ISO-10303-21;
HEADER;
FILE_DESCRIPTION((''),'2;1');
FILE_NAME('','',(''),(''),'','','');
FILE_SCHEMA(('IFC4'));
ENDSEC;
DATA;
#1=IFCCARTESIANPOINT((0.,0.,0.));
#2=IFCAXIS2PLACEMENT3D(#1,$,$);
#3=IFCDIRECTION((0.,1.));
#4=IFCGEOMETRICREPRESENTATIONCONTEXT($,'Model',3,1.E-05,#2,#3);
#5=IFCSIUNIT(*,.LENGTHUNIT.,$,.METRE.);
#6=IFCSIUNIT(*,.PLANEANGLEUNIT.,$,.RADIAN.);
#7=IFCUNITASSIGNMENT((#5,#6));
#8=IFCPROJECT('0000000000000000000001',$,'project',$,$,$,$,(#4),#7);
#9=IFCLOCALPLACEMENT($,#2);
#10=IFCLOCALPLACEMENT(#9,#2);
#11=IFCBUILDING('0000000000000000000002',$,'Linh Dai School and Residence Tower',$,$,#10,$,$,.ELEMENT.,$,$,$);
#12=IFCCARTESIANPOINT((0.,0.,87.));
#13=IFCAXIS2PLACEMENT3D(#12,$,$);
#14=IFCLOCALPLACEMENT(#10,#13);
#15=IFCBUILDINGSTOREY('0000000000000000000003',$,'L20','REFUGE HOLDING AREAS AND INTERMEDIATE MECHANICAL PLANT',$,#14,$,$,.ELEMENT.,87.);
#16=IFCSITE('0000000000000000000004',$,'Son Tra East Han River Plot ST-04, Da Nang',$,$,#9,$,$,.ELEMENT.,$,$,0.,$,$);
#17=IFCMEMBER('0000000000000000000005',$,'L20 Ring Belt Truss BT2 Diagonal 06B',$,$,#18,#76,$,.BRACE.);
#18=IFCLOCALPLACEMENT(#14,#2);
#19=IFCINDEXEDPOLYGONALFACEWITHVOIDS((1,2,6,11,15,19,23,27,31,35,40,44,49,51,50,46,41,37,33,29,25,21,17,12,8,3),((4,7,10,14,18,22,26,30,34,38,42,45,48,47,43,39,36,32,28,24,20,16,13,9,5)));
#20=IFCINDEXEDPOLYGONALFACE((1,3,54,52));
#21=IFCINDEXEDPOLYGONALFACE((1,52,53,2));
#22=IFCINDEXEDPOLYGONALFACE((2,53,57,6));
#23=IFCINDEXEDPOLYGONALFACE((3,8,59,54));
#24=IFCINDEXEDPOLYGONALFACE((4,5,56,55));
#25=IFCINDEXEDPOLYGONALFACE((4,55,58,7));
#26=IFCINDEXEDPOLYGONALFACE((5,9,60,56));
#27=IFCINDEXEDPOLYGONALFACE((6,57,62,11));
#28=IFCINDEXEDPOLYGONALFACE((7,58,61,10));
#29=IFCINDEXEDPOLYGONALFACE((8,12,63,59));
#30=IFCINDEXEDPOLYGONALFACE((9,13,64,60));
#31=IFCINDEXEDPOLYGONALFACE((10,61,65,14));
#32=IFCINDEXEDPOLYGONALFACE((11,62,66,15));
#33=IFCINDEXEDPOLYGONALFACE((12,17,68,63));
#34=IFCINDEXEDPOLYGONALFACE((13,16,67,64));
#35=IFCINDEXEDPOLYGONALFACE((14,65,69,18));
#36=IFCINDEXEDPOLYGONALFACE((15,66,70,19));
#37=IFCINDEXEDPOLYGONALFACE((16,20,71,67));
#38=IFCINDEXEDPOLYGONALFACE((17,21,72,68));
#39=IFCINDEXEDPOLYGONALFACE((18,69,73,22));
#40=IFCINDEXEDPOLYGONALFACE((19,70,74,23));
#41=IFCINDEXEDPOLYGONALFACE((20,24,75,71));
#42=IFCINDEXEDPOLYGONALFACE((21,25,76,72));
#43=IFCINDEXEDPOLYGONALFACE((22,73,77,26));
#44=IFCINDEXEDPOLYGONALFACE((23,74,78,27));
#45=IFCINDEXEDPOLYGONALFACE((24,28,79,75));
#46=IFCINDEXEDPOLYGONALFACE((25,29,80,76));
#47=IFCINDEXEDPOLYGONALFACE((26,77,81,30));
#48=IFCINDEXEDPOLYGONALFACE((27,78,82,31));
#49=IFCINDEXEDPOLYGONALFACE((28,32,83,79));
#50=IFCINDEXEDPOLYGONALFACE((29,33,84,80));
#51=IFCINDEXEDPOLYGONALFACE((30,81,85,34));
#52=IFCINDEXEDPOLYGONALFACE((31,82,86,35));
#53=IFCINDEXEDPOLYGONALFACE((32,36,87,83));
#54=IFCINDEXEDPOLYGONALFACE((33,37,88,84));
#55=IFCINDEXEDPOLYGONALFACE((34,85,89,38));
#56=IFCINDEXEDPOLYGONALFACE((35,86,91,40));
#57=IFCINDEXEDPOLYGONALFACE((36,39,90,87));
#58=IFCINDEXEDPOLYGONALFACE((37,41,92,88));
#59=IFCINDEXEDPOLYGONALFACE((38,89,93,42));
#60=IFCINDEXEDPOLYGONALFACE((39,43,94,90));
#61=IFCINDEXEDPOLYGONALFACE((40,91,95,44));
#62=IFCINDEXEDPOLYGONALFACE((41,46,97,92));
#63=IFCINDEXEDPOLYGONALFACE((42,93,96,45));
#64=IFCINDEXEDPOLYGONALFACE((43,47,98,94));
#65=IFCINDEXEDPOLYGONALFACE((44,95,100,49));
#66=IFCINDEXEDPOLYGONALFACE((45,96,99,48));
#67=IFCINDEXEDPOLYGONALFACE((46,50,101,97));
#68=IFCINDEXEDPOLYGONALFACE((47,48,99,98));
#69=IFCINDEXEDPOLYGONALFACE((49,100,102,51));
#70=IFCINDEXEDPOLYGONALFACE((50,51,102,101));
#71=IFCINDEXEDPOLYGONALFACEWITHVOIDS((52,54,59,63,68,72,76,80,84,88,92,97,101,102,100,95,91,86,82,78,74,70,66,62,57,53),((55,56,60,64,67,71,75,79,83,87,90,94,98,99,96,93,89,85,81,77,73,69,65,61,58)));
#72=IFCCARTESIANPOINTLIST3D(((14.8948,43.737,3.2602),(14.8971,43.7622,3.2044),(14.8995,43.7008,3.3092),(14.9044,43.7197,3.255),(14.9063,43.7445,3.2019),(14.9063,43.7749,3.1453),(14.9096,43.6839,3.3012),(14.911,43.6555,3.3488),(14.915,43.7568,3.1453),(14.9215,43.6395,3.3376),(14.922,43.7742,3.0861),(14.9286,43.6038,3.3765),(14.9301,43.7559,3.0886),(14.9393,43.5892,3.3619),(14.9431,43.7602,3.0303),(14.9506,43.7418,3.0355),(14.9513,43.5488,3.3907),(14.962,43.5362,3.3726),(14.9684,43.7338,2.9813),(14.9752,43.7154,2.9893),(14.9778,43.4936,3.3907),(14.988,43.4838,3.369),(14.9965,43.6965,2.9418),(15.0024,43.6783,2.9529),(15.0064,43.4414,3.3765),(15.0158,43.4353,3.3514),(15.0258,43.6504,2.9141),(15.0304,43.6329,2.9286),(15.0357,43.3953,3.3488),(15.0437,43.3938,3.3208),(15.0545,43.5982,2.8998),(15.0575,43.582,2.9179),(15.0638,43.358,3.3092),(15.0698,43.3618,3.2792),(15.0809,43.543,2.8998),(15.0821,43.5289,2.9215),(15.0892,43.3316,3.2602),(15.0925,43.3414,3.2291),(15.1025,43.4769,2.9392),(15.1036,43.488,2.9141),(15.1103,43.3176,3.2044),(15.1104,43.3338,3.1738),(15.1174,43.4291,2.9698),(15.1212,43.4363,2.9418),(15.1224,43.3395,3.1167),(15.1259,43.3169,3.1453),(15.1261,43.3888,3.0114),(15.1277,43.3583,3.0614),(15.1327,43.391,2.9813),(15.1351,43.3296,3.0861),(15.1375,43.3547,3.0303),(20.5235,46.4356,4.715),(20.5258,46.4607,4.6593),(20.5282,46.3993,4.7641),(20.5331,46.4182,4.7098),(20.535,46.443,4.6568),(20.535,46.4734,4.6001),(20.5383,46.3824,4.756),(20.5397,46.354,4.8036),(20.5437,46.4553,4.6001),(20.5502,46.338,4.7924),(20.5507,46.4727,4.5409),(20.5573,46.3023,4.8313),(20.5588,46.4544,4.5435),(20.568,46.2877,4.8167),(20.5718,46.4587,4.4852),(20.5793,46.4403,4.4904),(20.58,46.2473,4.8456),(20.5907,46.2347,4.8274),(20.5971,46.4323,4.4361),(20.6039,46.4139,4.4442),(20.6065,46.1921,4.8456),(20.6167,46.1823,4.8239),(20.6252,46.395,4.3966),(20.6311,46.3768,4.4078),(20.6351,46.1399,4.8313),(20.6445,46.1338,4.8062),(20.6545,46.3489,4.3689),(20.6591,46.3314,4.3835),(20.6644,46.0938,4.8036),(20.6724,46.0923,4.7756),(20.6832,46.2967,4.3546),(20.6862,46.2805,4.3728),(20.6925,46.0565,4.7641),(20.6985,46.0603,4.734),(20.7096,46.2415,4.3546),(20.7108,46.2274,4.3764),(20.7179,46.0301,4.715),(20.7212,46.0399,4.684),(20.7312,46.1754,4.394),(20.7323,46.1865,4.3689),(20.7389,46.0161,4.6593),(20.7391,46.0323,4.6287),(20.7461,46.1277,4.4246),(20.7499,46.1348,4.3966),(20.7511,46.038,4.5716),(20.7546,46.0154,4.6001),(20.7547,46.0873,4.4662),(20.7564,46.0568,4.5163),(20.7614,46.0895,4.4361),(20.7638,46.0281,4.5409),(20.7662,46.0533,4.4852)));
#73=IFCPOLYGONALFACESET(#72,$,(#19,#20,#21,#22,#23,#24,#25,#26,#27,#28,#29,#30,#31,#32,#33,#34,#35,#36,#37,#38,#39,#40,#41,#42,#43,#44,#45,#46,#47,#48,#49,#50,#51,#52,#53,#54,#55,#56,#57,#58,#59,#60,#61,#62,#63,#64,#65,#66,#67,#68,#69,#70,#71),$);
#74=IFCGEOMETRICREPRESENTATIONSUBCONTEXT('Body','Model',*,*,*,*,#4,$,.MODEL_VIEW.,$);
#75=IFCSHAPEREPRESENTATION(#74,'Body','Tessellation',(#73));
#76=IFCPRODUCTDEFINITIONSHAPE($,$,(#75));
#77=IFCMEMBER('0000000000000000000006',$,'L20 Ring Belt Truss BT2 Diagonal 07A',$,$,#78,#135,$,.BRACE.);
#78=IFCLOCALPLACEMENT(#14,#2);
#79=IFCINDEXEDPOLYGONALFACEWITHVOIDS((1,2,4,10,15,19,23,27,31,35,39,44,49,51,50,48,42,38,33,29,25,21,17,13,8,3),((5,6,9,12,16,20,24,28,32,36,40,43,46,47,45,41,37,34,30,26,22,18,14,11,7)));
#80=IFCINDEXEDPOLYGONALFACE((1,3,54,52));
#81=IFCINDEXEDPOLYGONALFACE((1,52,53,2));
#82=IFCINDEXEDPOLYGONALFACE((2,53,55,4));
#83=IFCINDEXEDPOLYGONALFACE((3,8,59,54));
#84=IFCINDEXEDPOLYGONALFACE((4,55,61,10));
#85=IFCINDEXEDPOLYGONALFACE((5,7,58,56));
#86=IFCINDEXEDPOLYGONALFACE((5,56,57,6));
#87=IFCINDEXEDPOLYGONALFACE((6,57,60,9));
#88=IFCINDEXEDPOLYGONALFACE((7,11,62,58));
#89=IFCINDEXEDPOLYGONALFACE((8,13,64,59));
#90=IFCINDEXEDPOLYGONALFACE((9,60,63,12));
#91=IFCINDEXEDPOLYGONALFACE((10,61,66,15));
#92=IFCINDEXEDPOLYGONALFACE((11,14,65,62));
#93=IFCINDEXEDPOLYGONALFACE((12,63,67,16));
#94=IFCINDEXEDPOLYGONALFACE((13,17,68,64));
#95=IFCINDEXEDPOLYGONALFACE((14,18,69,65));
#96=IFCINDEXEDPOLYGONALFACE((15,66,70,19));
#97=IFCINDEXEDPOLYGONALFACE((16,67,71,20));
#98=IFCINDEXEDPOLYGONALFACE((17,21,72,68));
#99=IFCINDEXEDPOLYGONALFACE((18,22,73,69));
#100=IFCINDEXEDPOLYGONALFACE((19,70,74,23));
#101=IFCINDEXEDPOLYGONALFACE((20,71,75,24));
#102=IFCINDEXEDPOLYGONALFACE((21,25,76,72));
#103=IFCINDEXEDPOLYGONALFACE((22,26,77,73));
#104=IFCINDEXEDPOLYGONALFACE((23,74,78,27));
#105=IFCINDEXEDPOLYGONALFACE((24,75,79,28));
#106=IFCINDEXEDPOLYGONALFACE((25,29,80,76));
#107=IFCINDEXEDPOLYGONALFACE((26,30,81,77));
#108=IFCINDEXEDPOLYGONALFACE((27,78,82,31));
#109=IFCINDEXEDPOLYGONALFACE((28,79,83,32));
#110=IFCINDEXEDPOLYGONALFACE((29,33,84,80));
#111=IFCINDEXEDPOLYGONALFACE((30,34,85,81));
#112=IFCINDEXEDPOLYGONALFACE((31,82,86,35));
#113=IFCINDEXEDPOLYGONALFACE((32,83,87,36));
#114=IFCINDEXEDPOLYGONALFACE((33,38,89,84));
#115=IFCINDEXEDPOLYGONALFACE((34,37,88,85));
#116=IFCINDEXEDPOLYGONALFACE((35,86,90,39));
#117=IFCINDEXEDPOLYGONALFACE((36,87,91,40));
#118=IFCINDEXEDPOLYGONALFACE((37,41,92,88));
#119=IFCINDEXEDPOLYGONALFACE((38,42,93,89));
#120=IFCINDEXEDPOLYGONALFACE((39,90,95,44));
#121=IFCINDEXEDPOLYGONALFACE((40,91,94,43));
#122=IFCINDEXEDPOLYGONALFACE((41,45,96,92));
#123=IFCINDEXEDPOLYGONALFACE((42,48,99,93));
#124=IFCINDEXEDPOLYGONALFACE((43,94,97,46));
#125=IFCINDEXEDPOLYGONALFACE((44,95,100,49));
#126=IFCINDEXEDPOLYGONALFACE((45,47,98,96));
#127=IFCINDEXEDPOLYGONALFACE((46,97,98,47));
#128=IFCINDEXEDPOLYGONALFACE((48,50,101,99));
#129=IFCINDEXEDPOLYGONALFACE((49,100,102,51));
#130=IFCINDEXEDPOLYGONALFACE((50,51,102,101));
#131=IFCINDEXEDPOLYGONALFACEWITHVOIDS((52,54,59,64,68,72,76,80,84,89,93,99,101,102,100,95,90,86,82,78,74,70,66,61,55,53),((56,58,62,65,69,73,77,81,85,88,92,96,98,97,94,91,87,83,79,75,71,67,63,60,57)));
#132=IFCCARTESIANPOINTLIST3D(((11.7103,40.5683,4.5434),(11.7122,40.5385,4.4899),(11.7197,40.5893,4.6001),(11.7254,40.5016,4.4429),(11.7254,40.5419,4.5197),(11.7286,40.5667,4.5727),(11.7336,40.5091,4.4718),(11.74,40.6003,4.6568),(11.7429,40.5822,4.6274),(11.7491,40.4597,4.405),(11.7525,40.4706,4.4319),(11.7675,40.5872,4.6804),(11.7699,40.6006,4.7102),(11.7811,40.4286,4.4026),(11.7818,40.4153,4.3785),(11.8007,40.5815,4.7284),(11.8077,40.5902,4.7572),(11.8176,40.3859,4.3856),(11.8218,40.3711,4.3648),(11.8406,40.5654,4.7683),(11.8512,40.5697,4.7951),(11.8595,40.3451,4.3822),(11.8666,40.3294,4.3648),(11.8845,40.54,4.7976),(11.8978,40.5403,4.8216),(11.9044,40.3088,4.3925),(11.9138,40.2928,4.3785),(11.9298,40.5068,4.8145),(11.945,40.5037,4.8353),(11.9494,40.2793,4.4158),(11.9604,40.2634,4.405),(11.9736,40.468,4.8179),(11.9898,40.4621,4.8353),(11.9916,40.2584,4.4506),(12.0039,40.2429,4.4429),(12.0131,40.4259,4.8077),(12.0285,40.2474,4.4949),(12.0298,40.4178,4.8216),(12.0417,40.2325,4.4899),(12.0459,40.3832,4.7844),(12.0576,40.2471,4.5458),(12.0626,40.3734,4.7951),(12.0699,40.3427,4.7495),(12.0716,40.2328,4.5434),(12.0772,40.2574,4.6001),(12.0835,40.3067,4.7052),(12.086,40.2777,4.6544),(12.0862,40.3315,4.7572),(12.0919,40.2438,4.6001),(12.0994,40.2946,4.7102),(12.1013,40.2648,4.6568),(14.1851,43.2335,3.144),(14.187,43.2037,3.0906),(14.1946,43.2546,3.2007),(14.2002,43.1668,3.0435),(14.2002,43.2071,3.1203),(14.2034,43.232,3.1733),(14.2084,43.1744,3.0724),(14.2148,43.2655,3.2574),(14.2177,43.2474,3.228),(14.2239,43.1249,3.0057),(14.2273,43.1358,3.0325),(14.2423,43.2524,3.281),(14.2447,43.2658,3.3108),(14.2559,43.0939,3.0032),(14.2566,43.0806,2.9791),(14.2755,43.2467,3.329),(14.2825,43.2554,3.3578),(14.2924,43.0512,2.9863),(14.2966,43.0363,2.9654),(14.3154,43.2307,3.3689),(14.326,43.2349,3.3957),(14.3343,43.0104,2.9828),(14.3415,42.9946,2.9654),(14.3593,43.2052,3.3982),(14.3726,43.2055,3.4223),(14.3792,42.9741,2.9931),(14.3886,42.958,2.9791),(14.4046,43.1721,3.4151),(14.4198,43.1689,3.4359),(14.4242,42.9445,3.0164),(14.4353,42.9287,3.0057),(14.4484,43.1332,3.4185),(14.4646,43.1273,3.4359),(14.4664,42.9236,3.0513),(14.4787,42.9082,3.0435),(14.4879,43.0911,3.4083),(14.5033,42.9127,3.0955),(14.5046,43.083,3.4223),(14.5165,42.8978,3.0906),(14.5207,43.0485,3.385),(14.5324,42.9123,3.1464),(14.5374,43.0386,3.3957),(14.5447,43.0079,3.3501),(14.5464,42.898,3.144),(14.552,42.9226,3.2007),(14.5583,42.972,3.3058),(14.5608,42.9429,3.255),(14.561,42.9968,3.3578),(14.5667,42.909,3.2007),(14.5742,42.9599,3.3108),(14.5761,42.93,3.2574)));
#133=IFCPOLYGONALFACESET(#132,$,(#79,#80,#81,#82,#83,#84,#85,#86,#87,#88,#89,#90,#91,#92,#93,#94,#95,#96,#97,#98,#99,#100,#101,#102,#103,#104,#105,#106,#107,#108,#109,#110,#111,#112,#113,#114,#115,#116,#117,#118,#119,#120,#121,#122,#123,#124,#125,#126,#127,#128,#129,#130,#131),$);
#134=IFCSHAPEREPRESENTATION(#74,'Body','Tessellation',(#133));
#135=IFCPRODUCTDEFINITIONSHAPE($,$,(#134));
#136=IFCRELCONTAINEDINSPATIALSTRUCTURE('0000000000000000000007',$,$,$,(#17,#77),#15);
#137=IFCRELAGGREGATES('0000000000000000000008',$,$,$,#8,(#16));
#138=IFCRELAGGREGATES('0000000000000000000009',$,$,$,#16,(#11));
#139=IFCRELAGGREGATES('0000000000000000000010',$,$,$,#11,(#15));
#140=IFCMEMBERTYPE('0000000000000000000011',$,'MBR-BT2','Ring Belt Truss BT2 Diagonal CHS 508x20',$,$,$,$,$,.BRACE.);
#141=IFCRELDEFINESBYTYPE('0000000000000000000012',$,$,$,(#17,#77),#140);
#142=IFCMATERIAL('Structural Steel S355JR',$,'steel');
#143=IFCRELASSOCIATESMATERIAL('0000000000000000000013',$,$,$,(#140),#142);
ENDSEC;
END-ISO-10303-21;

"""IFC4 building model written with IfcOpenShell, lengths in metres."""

from ifc_helpers import new_model, si_unit, direction, frame, origin, origin_2d, place, context, subcontext, project, spatial, hollow_circle, extrude, material, material_profile, profile_set, type_object, element, save


model = new_model("IFC4")

# Units and contexts
model_context = context("Model", 3, precision=1e-05, world=origin(), true_north=direction((0.0, 1.0)))
body_context = subcontext(model_context, "Body", "Model", "MODEL_VIEW")
ifc_project = project(units=[si_unit("LENGTHUNIT", "METRE"), si_unit("PLANEANGLEUNIT", "RADIAN")], contexts=[model_context])

# Site, building, storey
site_placement = place(None, origin())
site = spatial("IfcSite", under=ifc_project, at=site_placement, Name="Son Tra East Han River Plot ST-04, Da Nang", CompositionType="ELEMENT", RefElevation=0.0)
building_placement = place(site_placement, origin())
building = spatial("IfcBuilding", under=site, at=building_placement, Name="Linh Dai School and Residence Tower", CompositionType="ELEMENT")
storey_placement = place(building_placement, frame((0.0, 0.0, 87.0)))
storey = spatial("IfcBuildingStorey", under=building, at=storey_placement, Name="L20", Description="REFUGE HOLDING AREAS AND INTERMEDIATE MECHANICAL PLANT", CompositionType="ELEMENT", Elevation=87.0)

# Shared definitions
ifc_material_1 = material(Name="Structural Steel S355JR", Category="steel")

# Members
ifc_material_profile_1 = material_profile(ifc_material_1, hollow_circle(Radius=0.2539, WallThickness=0.02, at=origin_2d()), Name="CHS 508x20")
ifc_profile_set_1 = profile_set([ifc_material_profile_1], Name="Structural Steel S355JR")
member_type_1 = type_object("IfcMemberType", Name="MBR-BT2", Description="Ring Belt Truss BT2 Diagonal CHS 508x20", PredefinedType="BRACE", material=ifc_profile_set_1)
member_1_placement = place(storey_placement, frame((15.0161, 43.5459, 3.1453), z_axis=(0.878191, 0.421021, 0.226985), x_axis=(-0.432305, 0.901727, 0.0)))
element("IfcMember", 1, at=member_1_placement, inside=storey, type_object=member_type_1, Name="L20 Ring Belt Truss BT2 Diagonal 06B", PredefinedType="BRACE", context=body_context, shape_type="SweptSolid", body=[
    extrude(hollow_circle(Radius=0.2539, WallThickness=0.02, at=origin_2d()), origin(), (0.0, 0.0, 1.0), 6.4094),
])
member_2_placement = place(storey_placement, frame((14.3806, 43.0818, 3.2007), z_axis=(-0.635058, -0.683923, 0.359096), x_axis=(0.732801, -0.680443, 0.0)))
element("IfcMember", 2, at=member_2_placement, inside=storey, type_object=member_type_1, Name="L20 Ring Belt Truss BT2 Diagonal 07A", PredefinedType="BRACE", context=body_context, shape_type="SweptSolid", body=[
    extrude(hollow_circle(Radius=0.2539, WallThickness=0.02, at=origin_2d()), origin(), (0.0, 0.0, 1.0), 3.897),
])

save(model, "model.ifc")
